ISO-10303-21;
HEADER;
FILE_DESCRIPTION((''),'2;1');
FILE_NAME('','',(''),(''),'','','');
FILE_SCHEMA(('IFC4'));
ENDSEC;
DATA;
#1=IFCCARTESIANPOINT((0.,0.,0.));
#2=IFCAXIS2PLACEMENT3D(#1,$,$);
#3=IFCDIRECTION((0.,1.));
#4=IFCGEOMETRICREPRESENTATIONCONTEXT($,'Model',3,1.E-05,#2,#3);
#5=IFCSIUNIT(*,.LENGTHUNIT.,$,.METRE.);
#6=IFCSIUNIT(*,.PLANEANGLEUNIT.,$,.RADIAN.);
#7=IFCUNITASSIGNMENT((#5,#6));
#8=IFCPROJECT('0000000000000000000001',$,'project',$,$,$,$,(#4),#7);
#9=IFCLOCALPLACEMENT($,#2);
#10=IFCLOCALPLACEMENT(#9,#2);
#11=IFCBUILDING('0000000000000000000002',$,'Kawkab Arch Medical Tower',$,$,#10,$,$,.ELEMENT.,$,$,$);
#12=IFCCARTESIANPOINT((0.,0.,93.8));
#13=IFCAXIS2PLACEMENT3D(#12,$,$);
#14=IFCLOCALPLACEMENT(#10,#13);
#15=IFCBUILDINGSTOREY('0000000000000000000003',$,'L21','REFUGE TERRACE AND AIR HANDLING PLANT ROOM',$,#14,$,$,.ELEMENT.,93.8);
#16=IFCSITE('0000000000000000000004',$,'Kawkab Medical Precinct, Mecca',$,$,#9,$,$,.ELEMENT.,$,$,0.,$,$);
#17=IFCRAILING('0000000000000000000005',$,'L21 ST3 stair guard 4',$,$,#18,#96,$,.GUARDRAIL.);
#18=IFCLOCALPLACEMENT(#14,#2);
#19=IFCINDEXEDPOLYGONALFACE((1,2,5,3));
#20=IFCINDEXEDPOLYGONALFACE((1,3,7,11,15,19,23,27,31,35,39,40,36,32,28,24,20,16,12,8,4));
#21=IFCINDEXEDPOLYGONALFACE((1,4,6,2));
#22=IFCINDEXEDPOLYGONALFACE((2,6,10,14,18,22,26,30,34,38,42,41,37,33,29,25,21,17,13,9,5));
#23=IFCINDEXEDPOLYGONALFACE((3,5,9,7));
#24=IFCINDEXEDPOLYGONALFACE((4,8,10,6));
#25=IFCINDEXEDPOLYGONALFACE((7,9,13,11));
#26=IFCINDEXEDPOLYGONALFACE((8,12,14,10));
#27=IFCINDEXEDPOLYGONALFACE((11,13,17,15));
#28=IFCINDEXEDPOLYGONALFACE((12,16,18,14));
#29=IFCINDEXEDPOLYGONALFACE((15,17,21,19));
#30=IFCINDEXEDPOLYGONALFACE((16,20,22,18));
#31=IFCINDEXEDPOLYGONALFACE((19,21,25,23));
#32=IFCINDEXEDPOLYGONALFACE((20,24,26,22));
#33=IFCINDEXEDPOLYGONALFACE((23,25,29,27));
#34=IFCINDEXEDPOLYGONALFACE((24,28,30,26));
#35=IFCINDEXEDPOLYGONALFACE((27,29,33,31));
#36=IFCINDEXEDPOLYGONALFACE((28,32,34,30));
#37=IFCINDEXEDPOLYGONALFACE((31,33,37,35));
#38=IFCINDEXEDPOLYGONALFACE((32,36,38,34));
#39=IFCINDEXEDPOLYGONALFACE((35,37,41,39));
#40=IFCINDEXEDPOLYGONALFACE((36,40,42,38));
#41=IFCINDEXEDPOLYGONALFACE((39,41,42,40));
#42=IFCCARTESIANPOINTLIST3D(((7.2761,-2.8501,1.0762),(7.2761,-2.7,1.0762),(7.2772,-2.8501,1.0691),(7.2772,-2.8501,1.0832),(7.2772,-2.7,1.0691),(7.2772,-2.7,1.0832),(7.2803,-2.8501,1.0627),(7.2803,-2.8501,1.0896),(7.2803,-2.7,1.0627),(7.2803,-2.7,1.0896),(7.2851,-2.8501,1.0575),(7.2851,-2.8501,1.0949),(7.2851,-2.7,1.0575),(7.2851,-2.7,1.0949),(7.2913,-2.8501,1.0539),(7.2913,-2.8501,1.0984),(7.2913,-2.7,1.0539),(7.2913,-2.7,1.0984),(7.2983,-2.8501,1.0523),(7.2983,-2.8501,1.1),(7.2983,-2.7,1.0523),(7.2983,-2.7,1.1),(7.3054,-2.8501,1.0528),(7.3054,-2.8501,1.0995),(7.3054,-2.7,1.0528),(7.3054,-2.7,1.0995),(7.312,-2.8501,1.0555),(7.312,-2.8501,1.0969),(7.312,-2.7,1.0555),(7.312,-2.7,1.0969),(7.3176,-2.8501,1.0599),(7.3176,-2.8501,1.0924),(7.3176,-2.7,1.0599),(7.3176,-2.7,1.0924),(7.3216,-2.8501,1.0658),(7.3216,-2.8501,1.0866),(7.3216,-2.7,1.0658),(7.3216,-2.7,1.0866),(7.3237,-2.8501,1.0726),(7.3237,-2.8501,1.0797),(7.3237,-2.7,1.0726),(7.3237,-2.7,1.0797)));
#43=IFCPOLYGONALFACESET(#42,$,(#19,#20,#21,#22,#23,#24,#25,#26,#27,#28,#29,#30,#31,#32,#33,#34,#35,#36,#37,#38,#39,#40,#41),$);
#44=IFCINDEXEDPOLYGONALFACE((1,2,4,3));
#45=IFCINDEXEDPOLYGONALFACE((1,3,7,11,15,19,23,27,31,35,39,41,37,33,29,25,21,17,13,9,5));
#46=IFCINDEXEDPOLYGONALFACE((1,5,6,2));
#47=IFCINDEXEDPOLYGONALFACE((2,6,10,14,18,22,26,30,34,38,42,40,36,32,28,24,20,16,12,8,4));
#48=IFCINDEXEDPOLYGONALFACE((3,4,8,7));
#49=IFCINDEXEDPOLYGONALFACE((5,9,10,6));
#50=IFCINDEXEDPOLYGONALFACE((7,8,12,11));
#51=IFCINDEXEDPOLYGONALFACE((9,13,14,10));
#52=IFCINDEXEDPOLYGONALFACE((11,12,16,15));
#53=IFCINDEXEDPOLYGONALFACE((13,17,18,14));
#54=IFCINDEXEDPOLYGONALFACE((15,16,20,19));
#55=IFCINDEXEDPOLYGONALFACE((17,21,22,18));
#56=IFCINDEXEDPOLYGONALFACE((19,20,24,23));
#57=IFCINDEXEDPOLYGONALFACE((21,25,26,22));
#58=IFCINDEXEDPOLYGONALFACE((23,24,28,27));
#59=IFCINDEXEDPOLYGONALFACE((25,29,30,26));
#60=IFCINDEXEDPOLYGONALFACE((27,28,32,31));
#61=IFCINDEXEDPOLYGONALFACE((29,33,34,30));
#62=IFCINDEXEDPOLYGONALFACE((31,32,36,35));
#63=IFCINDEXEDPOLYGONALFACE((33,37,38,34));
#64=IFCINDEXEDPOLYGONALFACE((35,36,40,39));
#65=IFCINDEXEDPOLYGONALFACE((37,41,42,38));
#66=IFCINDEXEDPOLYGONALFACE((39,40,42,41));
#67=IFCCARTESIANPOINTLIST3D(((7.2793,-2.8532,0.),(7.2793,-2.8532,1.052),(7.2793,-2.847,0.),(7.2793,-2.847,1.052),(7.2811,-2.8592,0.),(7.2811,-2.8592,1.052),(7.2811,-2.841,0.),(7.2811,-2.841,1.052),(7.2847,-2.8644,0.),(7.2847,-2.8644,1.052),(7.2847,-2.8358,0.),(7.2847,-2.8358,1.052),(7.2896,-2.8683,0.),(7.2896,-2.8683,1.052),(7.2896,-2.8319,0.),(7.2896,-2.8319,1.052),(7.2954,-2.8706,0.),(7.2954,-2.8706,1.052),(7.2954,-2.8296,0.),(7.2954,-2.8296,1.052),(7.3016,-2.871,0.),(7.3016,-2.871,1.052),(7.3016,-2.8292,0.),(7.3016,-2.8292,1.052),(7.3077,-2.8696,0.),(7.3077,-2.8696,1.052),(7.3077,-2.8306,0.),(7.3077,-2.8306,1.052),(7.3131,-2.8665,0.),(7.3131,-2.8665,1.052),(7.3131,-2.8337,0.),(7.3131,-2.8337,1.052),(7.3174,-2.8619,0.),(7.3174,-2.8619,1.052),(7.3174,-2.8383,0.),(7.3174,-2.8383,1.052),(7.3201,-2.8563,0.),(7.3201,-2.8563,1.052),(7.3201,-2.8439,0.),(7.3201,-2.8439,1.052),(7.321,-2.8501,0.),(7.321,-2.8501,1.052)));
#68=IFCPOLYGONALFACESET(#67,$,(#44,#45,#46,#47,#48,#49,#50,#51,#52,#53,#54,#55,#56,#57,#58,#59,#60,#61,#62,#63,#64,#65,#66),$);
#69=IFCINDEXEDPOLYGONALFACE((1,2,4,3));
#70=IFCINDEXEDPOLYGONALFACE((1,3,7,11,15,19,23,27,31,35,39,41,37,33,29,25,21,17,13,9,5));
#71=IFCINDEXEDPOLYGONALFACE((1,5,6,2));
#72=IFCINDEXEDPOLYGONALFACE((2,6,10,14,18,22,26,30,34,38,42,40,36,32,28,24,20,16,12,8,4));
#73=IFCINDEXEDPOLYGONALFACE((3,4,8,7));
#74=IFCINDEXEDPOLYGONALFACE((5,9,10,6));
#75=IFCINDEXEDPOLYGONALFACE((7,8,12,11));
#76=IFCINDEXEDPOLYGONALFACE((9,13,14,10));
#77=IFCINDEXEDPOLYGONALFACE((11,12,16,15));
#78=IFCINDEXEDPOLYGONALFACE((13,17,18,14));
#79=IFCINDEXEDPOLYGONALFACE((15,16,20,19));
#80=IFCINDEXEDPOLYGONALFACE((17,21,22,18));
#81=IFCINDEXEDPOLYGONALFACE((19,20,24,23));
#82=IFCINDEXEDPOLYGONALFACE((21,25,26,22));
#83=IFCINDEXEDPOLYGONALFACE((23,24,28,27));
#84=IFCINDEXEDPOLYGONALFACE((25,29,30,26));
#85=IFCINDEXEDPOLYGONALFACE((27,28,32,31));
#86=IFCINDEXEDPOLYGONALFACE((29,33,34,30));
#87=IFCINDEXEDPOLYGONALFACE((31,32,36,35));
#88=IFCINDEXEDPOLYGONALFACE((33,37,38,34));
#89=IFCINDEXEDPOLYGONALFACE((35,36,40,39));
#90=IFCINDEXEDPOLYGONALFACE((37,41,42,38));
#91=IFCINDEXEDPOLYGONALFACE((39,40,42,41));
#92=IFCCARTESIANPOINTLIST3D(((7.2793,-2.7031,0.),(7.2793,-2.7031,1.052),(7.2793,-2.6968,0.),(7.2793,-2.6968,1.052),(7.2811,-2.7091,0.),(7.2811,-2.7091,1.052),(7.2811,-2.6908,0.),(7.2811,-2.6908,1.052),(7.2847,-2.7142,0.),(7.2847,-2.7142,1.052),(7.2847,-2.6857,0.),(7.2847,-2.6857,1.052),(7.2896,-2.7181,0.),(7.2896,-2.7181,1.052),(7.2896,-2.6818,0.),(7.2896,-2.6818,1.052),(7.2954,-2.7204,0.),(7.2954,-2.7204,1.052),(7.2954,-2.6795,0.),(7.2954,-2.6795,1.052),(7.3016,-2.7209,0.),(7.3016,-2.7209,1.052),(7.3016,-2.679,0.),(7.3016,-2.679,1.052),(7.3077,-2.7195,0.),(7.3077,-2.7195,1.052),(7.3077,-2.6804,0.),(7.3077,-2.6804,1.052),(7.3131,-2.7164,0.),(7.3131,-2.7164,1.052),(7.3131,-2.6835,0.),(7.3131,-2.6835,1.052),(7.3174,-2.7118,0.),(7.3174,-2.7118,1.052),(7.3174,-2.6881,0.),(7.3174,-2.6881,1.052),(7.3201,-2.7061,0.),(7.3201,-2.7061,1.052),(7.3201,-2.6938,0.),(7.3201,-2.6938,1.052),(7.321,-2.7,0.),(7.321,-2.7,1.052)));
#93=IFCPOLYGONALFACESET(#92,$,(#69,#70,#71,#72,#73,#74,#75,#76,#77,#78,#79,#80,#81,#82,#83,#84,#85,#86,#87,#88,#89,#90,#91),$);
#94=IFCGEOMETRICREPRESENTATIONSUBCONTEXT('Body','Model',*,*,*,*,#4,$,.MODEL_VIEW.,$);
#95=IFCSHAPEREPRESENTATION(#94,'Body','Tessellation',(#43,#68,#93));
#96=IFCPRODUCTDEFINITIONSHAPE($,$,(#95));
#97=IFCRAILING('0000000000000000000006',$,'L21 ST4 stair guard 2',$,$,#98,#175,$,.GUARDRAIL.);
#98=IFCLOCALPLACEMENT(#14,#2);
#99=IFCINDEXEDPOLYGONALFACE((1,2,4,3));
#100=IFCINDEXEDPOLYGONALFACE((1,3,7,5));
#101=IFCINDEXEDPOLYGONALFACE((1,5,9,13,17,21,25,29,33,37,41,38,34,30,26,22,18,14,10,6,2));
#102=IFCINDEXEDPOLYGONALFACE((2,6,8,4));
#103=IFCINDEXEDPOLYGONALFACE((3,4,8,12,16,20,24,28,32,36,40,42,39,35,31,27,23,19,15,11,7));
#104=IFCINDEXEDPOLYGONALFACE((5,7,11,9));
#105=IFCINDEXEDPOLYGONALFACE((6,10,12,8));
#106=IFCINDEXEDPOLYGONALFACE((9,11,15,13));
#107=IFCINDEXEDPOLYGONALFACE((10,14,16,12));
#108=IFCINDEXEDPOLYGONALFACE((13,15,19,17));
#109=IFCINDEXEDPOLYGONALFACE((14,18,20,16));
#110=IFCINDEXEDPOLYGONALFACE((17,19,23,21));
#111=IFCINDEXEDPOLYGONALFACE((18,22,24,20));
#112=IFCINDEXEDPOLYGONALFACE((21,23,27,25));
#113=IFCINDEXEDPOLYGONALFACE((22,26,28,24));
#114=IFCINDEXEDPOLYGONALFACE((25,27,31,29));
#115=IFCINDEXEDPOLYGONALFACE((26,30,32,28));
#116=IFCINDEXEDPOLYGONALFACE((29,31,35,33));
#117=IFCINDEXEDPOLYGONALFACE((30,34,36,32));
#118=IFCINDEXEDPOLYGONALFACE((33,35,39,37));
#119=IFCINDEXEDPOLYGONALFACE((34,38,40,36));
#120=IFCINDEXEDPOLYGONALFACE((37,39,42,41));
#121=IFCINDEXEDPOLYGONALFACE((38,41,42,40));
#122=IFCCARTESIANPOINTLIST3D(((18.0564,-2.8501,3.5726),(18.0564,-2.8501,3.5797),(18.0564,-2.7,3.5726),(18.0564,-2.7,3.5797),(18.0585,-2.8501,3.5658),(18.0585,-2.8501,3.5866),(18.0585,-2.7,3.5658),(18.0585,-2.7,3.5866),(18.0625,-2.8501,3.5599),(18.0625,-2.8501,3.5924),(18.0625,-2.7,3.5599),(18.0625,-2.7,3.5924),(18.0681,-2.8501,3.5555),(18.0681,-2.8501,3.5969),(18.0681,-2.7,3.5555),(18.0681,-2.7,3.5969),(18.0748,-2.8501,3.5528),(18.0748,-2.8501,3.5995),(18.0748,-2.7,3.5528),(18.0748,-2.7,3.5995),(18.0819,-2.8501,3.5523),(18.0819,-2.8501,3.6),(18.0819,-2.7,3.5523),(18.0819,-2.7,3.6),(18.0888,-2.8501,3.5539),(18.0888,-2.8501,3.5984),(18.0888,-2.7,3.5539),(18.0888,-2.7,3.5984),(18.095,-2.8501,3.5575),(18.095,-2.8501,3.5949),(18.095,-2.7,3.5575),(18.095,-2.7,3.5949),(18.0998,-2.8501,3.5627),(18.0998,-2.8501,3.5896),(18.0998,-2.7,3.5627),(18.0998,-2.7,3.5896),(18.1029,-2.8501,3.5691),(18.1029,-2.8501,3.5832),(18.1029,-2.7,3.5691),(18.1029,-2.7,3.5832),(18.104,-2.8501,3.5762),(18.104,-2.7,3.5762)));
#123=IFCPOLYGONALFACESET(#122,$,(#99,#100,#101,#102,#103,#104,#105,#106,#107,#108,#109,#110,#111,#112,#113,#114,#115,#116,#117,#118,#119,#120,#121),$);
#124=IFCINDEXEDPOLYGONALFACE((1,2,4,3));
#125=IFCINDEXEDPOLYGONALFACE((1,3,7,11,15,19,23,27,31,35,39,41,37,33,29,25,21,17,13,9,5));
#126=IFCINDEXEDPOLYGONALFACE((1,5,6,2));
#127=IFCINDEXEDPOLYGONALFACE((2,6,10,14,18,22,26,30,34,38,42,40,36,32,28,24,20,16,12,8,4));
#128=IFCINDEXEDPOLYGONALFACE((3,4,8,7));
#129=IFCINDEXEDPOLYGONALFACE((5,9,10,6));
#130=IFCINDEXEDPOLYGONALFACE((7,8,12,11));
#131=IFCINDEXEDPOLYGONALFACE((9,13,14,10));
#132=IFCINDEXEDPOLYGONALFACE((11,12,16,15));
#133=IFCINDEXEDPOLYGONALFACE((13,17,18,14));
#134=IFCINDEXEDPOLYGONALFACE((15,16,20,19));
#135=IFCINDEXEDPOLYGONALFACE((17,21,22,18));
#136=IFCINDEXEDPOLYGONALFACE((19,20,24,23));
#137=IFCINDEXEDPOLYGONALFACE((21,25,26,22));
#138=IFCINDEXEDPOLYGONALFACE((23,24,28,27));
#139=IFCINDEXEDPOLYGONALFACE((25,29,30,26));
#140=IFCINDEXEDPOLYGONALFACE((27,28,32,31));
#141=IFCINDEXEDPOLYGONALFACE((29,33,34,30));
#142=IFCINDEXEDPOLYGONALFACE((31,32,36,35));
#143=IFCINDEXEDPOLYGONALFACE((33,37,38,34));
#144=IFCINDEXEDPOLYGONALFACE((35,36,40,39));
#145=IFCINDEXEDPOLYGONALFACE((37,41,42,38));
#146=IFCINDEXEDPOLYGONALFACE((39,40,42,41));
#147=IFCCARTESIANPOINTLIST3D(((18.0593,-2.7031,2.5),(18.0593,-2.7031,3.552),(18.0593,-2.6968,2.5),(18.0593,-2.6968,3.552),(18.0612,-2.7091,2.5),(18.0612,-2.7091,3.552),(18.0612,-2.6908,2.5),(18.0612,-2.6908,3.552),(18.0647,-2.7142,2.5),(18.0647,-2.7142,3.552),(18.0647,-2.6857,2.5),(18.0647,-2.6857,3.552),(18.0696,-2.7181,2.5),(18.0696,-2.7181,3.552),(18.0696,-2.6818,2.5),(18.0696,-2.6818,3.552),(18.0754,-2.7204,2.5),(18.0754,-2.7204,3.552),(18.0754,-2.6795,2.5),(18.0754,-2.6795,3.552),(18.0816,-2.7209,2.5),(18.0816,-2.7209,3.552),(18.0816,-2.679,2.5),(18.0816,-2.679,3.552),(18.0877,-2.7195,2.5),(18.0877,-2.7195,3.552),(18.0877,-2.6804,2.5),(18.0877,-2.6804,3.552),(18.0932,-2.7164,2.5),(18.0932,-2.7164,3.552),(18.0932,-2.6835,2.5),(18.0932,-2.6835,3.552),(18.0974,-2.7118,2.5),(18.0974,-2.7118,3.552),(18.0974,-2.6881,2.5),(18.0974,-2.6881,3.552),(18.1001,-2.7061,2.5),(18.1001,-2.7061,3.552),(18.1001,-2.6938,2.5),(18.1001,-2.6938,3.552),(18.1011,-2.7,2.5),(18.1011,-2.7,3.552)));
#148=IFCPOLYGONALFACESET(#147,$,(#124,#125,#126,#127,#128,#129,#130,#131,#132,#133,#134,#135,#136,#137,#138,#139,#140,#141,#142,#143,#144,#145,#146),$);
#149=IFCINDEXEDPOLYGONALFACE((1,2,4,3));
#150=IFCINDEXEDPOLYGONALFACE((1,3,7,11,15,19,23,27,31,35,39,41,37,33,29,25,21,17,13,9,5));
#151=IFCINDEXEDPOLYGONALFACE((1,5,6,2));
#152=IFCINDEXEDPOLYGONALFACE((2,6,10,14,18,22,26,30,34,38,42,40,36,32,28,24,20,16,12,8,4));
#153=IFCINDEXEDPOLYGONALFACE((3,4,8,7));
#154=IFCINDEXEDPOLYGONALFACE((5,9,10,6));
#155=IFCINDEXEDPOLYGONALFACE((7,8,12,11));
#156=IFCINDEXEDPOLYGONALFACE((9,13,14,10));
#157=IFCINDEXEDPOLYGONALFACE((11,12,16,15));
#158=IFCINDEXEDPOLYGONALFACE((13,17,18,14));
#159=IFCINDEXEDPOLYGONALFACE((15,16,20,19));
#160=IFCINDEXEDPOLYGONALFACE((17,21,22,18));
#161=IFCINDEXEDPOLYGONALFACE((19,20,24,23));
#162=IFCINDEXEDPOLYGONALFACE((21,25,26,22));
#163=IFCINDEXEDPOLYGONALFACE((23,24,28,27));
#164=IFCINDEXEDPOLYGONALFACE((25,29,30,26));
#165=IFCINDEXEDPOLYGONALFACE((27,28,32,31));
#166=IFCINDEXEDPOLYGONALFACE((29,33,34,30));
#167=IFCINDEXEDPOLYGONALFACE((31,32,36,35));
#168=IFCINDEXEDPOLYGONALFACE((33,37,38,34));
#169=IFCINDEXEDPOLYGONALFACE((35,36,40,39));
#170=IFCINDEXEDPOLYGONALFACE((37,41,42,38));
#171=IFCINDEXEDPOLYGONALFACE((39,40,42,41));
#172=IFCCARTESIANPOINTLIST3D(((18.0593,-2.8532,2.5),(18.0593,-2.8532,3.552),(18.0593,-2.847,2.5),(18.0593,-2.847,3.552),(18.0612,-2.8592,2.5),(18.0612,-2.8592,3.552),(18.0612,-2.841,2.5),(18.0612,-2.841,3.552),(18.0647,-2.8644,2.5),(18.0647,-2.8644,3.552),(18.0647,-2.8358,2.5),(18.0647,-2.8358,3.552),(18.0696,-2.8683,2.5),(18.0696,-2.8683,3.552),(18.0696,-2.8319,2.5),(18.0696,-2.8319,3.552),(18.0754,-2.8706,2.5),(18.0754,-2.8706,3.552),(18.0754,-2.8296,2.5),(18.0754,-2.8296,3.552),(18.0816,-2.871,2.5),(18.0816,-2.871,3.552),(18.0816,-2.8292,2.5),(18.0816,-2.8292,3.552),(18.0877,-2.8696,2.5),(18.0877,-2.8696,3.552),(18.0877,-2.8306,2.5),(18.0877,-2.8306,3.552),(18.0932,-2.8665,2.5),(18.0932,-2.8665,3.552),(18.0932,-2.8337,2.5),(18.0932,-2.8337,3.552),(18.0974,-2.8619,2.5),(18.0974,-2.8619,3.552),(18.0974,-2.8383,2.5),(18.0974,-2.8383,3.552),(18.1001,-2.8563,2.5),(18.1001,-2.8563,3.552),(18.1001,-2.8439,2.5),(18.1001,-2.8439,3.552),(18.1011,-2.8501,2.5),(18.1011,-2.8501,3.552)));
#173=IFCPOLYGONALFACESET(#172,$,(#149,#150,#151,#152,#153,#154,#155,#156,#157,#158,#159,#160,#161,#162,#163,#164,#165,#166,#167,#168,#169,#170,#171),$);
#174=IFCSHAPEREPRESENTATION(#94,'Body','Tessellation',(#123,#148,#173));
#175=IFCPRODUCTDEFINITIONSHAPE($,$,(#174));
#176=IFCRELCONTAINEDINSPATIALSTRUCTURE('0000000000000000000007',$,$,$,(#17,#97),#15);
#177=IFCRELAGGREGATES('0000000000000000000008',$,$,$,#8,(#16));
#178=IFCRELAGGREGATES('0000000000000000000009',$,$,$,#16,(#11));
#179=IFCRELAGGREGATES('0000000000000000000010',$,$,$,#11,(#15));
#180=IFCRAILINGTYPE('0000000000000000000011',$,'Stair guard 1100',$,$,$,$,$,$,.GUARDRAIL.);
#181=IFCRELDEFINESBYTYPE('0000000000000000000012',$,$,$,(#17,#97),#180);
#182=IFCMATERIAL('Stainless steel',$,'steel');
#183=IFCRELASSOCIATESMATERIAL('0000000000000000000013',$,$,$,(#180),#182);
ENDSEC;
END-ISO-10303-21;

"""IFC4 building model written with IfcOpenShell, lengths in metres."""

from ifc_helpers import new_model, si_unit, direction, frame, origin, origin_2d, place, context, subcontext, project, spatial, circle, extrude, material, type_object, element, save


model = new_model("IFC4")

# Units and contexts
model_context = context("Model", 3, precision=1e-05, world=origin(), true_north=direction((0.0, 1.0)))
body_context = subcontext(model_context, "Body", "Model", "MODEL_VIEW")
ifc_project = project(units=[si_unit("LENGTHUNIT", "METRE"), si_unit("PLANEANGLEUNIT", "RADIAN")], contexts=[model_context])

# Site, building, storey
site_placement = place(None, origin())
site = spatial("IfcSite", under=ifc_project, at=site_placement, Name="Kawkab Medical Precinct, Mecca", CompositionType="ELEMENT", RefElevation=0.0)
building_placement = place(site_placement, origin())
building = spatial("IfcBuilding", under=site, at=building_placement, Name="Kawkab Arch Medical Tower", CompositionType="ELEMENT")
storey_placement = place(building_placement, frame((0.0, 0.0, 93.8)))
storey = spatial("IfcBuildingStorey", under=building, at=storey_placement, Name="L21", Description="REFUGE TERRACE AND AIR HANDLING PLANT ROOM", CompositionType="ELEMENT", Elevation=93.8)

# Railings
ifc_material_1 = material(Name="Stainless steel", Category="steel")
railing_type = type_object("IfcRailingType", Name="Stair guard 1100", PredefinedType="GUARDRAIL", material=ifc_material_1)
railing_1_placement = place(storey_placement, frame((7.3, -2.8501, 0.0)))
element("IfcRailing", 1, at=railing_1_placement, inside=storey, type_object=railing_type, Name="L21 ST3 stair guard 4", PredefinedType="GUARDRAIL", context=body_context, shape_type="SweptSolid", body=[
    extrude(circle(Radius=0.0239, at=origin_2d()), frame((0.0, 0.0, 1.0762), z_axis=(0.0, 1.0, 0.0), x_axis=(-1.0, 0.0, 0.0)), (0.0, 0.0, 1.0), 0.1501),
    extrude(circle(Radius=0.021, at=origin_2d()), origin(), (0.0, 0.0, 1.0), 1.052),
    extrude(circle(Radius=0.021, at=origin_2d()), frame((0.0, 0.1501, 0.0)), (0.0, 0.0, 1.0), 1.052),
])
railing_2_placement = place(storey_placement, frame((18.0801, -2.7, 2.5)))
element("IfcRailing", 2, at=railing_2_placement, inside=storey, type_object=railing_type, Name="L21 ST4 stair guard 2", PredefinedType="GUARDRAIL", context=body_context, shape_type="SweptSolid", body=[
    extrude(circle(Radius=0.0239, at=origin_2d()), frame((0.0, 0.0, 1.0762), z_axis=(0.0, -1.0, 0.0), x_axis=(1.0, 0.0, 0.0)), (0.0, 0.0, 1.0), 0.1501),
    extrude(circle(Radius=0.021, at=origin_2d()), origin(), (0.0, 0.0, 1.0), 1.052),
    extrude(circle(Radius=0.021, at=origin_2d()), frame((0.0, -0.1501, 0.0)), (0.0, 0.0, 1.0), 1.052),
])

save(model, "model.ifc")
